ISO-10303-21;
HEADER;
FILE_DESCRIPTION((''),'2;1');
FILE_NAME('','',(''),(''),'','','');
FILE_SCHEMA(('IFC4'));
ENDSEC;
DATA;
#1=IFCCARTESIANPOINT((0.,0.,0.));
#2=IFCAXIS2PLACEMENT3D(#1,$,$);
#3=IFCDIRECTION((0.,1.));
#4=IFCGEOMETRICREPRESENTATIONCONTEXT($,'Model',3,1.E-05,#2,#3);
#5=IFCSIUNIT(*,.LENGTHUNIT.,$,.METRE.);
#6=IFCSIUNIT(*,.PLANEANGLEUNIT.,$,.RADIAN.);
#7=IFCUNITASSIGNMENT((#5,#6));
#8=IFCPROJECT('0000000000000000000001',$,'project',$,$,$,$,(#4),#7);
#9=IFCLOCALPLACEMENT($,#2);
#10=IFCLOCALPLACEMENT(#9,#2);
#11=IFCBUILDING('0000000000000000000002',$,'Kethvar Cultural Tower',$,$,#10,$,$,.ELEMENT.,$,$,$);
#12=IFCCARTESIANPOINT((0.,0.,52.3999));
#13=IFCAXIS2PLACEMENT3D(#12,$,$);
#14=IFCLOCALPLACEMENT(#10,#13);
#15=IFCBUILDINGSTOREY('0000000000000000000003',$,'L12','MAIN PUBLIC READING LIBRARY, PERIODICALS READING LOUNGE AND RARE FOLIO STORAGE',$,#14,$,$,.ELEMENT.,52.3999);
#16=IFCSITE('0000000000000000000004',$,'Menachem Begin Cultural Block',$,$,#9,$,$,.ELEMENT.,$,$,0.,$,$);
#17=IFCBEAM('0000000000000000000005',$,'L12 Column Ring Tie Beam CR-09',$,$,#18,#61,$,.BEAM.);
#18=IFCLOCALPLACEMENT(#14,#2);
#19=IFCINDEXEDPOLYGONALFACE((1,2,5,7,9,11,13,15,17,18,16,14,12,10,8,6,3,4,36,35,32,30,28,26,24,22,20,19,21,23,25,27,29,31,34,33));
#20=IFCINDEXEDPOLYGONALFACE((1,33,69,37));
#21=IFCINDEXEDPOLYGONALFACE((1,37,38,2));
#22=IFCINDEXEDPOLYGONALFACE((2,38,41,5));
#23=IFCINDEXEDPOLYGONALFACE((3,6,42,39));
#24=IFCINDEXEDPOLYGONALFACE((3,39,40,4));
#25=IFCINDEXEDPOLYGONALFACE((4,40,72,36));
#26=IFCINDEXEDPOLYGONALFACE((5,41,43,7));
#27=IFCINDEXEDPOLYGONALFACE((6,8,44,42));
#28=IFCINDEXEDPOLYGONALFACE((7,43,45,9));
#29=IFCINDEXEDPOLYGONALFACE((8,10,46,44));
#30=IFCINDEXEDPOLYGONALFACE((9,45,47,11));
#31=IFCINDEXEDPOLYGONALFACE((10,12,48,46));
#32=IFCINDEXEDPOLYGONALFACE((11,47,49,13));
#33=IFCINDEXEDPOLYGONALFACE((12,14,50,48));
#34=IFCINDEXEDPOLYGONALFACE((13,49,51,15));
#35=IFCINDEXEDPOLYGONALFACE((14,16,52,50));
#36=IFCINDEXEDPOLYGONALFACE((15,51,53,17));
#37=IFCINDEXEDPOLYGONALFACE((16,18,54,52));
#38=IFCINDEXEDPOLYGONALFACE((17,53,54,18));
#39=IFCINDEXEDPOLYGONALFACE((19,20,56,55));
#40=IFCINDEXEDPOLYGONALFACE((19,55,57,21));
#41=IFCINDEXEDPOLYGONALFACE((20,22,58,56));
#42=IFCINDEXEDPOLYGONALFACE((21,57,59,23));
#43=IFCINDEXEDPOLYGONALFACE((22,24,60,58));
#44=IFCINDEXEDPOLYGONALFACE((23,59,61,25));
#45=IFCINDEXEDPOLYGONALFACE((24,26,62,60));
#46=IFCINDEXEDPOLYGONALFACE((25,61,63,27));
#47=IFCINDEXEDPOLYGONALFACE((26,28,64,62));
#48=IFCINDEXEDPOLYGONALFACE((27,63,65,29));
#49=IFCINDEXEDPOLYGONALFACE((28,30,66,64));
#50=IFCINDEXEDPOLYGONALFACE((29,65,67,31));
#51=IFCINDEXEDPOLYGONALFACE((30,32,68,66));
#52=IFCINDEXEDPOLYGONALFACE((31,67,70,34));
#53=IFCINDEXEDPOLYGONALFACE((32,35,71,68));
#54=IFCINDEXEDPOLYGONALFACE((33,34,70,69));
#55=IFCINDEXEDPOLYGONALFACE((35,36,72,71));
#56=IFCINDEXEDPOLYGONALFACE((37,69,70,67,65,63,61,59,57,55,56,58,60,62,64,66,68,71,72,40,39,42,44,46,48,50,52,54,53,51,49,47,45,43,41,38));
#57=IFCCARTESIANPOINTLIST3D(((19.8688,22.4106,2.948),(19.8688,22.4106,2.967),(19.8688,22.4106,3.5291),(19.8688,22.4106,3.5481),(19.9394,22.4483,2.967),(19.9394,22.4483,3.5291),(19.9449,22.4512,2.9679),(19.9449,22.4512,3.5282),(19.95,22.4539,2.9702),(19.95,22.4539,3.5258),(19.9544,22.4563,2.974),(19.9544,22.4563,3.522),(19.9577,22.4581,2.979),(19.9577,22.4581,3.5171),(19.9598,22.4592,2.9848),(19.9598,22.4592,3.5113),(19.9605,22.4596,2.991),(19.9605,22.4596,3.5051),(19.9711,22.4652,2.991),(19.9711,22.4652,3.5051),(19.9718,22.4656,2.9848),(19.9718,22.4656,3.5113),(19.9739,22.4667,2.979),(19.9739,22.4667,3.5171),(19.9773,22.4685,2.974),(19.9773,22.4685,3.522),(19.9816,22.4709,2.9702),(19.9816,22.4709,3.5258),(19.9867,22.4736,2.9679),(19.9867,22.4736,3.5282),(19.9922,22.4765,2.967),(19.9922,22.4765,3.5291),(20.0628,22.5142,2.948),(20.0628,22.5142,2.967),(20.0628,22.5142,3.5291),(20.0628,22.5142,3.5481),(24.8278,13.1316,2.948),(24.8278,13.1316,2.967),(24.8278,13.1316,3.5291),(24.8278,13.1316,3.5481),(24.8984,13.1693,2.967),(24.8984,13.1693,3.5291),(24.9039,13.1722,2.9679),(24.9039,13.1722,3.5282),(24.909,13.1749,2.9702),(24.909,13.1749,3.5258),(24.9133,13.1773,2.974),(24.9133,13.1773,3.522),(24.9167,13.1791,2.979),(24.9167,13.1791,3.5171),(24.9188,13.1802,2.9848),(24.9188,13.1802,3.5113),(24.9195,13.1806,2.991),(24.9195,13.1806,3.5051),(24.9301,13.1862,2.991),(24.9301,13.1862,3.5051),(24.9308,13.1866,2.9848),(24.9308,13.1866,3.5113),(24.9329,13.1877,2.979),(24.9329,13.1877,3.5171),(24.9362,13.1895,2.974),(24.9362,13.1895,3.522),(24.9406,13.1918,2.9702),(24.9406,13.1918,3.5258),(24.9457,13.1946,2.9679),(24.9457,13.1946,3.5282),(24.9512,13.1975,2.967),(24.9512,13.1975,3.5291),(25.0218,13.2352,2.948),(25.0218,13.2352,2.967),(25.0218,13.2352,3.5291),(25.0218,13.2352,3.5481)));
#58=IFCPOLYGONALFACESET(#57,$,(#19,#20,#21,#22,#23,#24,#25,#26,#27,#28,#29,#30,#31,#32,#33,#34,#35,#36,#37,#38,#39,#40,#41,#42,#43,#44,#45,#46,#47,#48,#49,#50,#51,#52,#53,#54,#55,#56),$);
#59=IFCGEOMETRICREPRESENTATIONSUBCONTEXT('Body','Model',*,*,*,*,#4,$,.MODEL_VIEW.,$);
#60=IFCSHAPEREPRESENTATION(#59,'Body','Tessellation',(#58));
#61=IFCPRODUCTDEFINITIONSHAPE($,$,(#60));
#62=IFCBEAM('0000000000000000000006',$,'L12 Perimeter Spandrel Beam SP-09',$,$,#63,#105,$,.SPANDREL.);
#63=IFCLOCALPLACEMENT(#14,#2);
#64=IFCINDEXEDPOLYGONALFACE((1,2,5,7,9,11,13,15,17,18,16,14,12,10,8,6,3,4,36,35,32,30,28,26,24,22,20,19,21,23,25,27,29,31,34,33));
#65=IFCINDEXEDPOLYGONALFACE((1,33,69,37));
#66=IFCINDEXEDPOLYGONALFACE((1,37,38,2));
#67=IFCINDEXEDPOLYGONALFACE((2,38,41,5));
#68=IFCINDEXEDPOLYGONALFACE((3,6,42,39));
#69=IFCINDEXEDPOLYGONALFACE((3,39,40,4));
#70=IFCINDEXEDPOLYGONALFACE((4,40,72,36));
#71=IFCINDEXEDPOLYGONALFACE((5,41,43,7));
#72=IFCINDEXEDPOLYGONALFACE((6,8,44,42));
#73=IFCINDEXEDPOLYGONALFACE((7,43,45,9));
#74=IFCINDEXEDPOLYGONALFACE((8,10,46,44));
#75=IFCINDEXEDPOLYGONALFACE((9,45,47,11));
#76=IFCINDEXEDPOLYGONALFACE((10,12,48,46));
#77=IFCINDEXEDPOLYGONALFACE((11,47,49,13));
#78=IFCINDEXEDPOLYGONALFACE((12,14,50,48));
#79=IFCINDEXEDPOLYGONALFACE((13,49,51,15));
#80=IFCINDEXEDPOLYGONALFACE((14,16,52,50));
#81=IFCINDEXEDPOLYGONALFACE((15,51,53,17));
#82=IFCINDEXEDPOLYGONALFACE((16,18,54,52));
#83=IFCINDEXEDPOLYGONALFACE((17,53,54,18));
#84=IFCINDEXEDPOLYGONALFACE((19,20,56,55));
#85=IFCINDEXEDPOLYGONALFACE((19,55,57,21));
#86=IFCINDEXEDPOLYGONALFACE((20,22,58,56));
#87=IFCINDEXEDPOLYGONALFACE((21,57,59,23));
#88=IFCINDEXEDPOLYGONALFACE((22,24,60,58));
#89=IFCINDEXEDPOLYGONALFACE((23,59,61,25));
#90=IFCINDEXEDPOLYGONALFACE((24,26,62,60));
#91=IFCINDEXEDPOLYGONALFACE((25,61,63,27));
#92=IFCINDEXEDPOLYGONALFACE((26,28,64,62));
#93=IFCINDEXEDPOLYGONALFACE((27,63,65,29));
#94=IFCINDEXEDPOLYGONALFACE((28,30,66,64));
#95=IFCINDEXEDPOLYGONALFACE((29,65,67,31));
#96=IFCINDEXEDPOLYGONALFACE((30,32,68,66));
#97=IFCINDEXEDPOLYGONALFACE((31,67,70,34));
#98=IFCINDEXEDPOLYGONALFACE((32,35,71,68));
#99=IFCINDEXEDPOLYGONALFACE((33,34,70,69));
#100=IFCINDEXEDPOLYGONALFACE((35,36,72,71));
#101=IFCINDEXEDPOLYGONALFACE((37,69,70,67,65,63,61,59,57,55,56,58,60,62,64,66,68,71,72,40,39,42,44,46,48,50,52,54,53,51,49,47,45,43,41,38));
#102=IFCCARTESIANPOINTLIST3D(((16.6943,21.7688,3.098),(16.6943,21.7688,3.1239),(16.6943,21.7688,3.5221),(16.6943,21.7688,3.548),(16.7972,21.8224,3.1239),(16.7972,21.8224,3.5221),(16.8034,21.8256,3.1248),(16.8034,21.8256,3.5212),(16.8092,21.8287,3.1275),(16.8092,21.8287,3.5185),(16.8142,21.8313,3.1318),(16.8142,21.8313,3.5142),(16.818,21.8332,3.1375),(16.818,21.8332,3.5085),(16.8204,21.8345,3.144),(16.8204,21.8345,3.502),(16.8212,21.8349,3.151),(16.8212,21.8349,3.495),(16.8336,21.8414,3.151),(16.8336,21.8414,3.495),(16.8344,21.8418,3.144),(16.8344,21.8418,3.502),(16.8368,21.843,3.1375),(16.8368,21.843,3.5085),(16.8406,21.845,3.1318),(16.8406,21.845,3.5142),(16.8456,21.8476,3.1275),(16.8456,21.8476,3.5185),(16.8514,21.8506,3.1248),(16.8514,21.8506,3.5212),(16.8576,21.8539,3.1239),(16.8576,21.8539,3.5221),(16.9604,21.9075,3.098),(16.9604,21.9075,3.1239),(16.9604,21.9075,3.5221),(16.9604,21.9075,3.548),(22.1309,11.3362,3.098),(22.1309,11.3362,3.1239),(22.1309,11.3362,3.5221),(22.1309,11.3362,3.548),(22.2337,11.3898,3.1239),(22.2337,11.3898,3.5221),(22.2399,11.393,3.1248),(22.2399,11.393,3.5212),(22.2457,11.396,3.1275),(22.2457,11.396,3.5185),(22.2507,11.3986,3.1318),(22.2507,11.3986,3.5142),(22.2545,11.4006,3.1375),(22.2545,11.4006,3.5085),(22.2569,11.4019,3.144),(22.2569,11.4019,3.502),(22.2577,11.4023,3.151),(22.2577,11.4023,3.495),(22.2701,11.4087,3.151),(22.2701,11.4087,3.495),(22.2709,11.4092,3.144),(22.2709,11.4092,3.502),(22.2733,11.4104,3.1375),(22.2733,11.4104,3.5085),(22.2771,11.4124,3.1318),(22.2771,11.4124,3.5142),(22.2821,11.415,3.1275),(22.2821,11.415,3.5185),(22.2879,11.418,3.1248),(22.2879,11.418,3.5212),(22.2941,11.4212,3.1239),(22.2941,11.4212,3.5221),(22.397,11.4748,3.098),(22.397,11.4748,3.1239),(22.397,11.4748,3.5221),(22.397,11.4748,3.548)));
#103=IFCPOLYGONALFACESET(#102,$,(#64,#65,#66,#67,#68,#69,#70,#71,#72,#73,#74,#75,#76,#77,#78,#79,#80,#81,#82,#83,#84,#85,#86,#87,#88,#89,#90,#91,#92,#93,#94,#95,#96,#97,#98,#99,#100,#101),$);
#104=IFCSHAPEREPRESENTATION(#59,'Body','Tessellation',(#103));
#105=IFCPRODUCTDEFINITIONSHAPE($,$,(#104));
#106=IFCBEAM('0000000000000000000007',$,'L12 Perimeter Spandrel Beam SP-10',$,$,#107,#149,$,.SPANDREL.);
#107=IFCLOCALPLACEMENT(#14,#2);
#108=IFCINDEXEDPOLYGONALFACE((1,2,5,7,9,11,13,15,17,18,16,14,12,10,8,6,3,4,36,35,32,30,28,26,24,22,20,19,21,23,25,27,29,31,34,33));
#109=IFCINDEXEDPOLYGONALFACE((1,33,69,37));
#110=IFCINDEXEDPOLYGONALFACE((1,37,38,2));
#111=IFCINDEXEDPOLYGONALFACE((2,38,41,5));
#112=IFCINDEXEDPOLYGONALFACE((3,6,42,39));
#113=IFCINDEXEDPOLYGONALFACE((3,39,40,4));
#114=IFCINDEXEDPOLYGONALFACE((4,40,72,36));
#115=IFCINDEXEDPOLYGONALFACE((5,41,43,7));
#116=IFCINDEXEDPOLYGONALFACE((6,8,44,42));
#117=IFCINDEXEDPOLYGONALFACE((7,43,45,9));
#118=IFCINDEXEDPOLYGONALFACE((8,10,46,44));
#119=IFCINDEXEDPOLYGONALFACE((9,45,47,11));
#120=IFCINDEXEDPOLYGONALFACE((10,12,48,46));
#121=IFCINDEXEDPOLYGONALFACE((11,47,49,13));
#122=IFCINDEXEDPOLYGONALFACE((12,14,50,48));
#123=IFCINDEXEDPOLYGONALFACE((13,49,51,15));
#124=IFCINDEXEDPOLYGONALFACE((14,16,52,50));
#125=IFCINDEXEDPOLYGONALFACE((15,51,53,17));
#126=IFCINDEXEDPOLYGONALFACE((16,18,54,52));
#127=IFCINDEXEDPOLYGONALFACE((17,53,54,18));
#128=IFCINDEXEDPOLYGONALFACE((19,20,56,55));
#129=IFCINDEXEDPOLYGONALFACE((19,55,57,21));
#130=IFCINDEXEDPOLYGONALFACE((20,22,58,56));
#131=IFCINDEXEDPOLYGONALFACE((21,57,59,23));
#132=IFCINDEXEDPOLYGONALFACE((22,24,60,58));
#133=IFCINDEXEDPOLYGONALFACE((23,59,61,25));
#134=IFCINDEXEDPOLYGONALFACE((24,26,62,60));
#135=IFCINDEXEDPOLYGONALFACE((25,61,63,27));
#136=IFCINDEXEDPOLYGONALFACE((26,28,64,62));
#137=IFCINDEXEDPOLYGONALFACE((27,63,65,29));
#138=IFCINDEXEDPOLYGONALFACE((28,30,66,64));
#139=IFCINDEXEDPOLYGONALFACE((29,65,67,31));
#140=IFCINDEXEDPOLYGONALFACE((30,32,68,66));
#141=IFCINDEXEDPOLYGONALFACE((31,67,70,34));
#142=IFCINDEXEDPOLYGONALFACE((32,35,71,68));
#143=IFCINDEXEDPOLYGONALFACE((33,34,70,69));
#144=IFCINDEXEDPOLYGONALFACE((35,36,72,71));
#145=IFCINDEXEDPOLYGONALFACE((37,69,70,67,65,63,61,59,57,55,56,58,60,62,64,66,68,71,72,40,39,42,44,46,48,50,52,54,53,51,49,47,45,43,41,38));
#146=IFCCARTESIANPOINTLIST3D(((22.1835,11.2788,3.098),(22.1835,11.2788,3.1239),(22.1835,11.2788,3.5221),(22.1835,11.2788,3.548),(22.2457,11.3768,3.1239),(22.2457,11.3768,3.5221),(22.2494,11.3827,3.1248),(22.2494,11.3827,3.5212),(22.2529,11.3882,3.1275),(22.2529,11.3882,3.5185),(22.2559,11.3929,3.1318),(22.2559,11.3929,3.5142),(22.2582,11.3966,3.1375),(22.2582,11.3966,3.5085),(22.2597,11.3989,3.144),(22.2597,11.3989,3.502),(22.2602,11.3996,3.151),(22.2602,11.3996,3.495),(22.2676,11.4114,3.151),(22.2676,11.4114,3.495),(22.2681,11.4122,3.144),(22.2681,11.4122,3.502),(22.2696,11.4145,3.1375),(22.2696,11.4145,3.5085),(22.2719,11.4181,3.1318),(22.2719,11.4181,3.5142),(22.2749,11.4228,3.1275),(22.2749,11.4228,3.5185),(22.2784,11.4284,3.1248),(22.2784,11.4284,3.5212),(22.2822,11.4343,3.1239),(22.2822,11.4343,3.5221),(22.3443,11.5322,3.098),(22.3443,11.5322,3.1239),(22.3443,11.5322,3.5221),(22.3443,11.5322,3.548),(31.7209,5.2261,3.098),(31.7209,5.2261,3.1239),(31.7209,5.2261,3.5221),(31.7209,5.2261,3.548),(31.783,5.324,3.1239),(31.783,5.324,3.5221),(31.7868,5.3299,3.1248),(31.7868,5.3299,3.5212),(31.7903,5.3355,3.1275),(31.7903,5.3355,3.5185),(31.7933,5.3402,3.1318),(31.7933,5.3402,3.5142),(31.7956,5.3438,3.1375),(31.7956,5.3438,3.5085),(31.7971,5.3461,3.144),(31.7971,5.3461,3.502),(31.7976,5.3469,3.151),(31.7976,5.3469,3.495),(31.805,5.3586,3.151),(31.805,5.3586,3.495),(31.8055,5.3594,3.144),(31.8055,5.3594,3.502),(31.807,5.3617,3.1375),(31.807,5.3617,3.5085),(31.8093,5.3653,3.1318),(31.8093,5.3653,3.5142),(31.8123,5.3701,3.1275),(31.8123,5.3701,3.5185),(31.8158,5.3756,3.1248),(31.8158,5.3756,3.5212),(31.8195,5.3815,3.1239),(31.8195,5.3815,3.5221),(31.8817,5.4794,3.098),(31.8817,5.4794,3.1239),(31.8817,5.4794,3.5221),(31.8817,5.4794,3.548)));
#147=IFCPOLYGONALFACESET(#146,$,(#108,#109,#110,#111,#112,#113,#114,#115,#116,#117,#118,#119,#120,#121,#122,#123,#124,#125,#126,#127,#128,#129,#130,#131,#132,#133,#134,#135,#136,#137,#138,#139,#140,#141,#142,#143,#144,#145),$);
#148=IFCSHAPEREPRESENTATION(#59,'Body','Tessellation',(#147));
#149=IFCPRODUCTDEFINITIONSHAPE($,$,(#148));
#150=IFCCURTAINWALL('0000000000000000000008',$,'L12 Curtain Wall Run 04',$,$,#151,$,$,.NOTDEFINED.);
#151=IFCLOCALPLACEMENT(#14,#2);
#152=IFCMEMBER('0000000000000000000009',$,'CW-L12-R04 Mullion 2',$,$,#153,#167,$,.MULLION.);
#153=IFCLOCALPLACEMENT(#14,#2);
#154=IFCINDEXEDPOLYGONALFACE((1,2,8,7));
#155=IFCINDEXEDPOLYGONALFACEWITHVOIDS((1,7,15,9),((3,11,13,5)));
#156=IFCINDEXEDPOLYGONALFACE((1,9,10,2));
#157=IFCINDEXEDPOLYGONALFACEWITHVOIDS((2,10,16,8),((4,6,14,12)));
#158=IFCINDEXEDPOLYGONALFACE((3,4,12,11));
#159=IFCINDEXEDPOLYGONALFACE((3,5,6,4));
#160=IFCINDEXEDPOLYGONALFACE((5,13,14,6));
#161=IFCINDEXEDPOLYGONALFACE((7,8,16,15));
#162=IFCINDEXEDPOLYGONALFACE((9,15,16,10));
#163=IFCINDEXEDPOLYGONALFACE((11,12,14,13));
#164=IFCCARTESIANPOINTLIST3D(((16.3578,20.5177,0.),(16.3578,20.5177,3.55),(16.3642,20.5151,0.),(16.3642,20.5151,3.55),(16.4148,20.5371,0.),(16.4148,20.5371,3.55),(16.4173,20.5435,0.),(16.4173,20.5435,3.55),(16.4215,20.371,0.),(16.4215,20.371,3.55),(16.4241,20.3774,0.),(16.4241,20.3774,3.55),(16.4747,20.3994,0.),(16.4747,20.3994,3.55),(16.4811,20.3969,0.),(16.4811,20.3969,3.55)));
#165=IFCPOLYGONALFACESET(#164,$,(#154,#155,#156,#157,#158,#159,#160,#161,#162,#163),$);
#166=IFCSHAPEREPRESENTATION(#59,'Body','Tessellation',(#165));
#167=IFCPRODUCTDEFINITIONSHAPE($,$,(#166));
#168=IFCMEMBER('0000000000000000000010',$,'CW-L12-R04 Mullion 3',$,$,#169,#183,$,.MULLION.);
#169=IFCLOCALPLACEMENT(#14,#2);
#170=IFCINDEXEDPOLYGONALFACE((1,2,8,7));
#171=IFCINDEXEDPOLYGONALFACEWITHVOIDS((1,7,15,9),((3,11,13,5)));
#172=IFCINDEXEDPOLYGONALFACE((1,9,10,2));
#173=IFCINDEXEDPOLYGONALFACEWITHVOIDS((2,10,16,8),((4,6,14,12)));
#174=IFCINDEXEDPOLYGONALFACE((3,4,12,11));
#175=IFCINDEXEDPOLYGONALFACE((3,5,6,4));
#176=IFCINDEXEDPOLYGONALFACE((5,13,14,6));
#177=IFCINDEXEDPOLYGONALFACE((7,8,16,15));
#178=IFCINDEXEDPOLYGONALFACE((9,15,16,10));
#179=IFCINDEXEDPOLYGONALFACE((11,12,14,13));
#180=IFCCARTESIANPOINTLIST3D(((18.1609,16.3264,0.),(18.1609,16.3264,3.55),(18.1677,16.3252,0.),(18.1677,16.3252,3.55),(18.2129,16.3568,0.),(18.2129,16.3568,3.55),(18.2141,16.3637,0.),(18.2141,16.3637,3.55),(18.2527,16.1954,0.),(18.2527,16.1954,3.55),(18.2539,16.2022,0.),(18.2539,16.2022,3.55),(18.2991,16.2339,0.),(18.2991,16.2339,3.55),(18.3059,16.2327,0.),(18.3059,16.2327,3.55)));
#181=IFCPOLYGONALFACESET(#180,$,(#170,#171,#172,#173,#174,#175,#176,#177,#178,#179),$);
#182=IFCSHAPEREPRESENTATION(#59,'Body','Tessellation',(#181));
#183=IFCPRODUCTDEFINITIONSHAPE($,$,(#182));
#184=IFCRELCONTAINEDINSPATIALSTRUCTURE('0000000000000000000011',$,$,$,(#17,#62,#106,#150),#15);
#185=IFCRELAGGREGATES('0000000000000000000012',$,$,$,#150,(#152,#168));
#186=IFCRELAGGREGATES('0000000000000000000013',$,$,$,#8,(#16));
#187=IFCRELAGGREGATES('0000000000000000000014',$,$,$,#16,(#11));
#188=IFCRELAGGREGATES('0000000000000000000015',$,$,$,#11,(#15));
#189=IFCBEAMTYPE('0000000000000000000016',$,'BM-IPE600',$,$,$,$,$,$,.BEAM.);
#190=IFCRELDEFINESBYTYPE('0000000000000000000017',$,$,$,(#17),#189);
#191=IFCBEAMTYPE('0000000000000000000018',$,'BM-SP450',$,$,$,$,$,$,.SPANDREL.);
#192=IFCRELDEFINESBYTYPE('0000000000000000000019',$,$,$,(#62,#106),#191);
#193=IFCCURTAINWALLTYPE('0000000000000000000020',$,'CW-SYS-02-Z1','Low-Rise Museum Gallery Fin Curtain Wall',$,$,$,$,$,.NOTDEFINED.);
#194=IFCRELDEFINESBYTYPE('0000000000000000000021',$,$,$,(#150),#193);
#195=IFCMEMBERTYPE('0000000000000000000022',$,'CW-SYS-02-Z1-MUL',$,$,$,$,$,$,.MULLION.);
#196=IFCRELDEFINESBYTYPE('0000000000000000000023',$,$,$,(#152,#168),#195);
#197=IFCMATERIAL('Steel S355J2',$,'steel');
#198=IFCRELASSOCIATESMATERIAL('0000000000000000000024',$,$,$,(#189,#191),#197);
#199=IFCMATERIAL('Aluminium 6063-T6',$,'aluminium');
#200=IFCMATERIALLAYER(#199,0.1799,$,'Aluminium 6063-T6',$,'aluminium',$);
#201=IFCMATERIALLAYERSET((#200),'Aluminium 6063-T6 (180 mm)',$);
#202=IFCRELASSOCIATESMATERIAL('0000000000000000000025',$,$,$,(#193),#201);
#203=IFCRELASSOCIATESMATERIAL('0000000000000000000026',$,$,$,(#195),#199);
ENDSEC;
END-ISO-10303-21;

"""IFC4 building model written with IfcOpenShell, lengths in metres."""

from ifc_helpers import new_model, si_unit, direction, frame, origin, origin_2d, place, context, subcontext, project, spatial, hollow_rectangle, i_section, extrude, source, transform, mapped, material, layer, layer_set, material_profile, profile_set, type_object, element, aggregate, save


model = new_model("IFC4")

# Units and contexts
model_context = context("Model", 3, precision=1e-05, world=origin(), true_north=direction((0.0, 1.0)))
body_context = subcontext(model_context, "Body", "Model", "MODEL_VIEW")
ifc_project = project(units=[si_unit("LENGTHUNIT", "METRE"), si_unit("PLANEANGLEUNIT", "RADIAN")], contexts=[model_context])

# Site, building, storey
site_placement = place(None, origin())
site = spatial("IfcSite", under=ifc_project, at=site_placement, Name="Menachem Begin Cultural Block", CompositionType="ELEMENT", RefElevation=0.0)
building_placement = place(site_placement, origin())
building = spatial("IfcBuilding", under=site, at=building_placement, Name="Kethvar Cultural Tower", CompositionType="ELEMENT")
storey_placement = place(building_placement, frame((0.0, 0.0, 52.3999)))
storey = spatial("IfcBuildingStorey", under=building, at=storey_placement, Name="L12", Description="MAIN PUBLIC READING LIBRARY, PERIODICALS READING LOUNGE AND RARE FOLIO STORAGE", CompositionType="ELEMENT", Elevation=52.3999)

# Beams
ifc_material_1 = material(Name="Steel S355J2", Category="steel")
ifc_material_profile_1 = material_profile(ifc_material_1, i_section(OverallWidth=0.22, OverallDepth=0.6001, WebThickness=0.012, FlangeThickness=0.019, FilletRadius=0.0239, at=origin_2d()), Name="Steel S355J2 — IPE600")
ifc_profile_set_1 = profile_set([ifc_material_profile_1], Name="Steel S355J2 — IPE600")
beam_type_1 = type_object("IfcBeamType", Name="BM-IPE600", PredefinedType="BEAM", material=ifc_profile_set_1)
shared_shape_1 = source(origin(), body_context, "Body", "SweptSolid", [
    extrude(i_section(OverallWidth=0.22, OverallDepth=0.6001, WebThickness=0.012, FlangeThickness=0.019, FilletRadius=0.0239, at=origin_2d()), origin(), (0.0, 0.0, 1.0), 10.521),
])
beam_1_placement = place(storey_placement, frame((19.9658, 22.4624, 3.248), z_axis=(0.47134, -0.881952, 0.0), x_axis=(0.881952, 0.47134, 0.0)))
element("IfcBeam", 1, at=beam_1_placement, inside=storey, type_object=beam_type_1, Name="L12 Column Ring Tie Beam CR-09", PredefinedType="BEAM", context=body_context, shape_type="MappedRepresentation", body=[
    mapped(shared_shape_1, transform((0.0, 0.0, 0.0), scale=1.0)),
])
ifc_material_profile_2 = material_profile(ifc_material_1, i_section(OverallWidth=0.3, OverallDepth=0.45, WebThickness=0.0139, FlangeThickness=0.0259, FilletRadius=0.0271, at=origin_2d()), Name="Steel S355J2 — HEB450")
ifc_profile_set_2 = profile_set([ifc_material_profile_2], Name="Steel S355J2 — HEB450")
beam_type_2 = type_object("IfcBeamType", Name="BM-SP450", PredefinedType="SPANDREL", material=ifc_profile_set_2)
shared_shape_2 = source(origin(), body_context, "Body", "SweptSolid", [
    extrude(i_section(OverallWidth=0.3, OverallDepth=0.45, WebThickness=0.0139, FlangeThickness=0.0259, FilletRadius=0.0271, at=origin_2d()), origin(), (0.0, 0.0, 1.0), 11.7642),
])
beam_2_placement = place(storey_placement, frame((16.8274, 21.8381, 3.323), z_axis=(0.462126, -0.886814, 0.0), x_axis=(0.886814, 0.462126, 0.0)))
element("IfcBeam", 2, at=beam_2_placement, inside=storey, type_object=beam_type_2, Name="L12 Perimeter Spandrel Beam SP-09", PredefinedType="SPANDREL", context=body_context, shape_type="MappedRepresentation", body=[
    mapped(shared_shape_2, transform((0.0, 0.0, 0.0), scale=1.0)),
])
shared_shape_3 = source(origin(), body_context, "Body", "SweptSolid", [
    extrude(i_section(OverallWidth=0.3, OverallDepth=0.45, WebThickness=0.0139, FlangeThickness=0.0259, FilletRadius=0.0271, at=origin_2d()), origin(), (0.0, 0.0, 1.0), 11.2959),
])
beam_3_placement = place(storey_placement, frame((22.2639, 11.4055, 3.323), z_axis=(0.844322, -0.535836, 0.0), x_axis=(0.535836, 0.844322, 0.0)))
element("IfcBeam", 3, at=beam_3_placement, inside=storey, type_object=beam_type_2, Name="L12 Perimeter Spandrel Beam SP-10", PredefinedType="SPANDREL", context=body_context, shape_type="MappedRepresentation", body=[
    mapped(shared_shape_3, transform((0.0, 0.0, 0.0), scale=1.0)),
])

# Curtain wall, members
ifc_material_2 = material(Name="Aluminium 6063-T6", Category="aluminium")
ifc_layer_1 = layer(ifc_material_2, 0.1799, Name="Aluminium 6063-T6", Category="aluminium")
ifc_layer_set_1 = layer_set([ifc_layer_1], Name="Aluminium 6063-T6 (180 mm)")
curtain_wall_type = type_object("IfcCurtainWallType", Name="CW-SYS-02-Z1", Description="Low-Rise Museum Gallery Fin Curtain Wall", PredefinedType="NOTDEFINED", material=ifc_layer_set_1)
curtain_wall_placement = place(storey_placement, origin())
curtain_wall = element("IfcCurtainWall", 4, at=curtain_wall_placement, inside=storey, type_object=curtain_wall_type, Name="L12 Curtain Wall Run 04", PredefinedType="NOTDEFINED")
ifc_material_profile_3 = material_profile(ifc_material_2, hollow_rectangle(XDim=0.0649, YDim=0.1599, WallThickness=0.0049, at=origin_2d()), Name="Aluminium 6063-T6 — RHS160x65x5")
ifc_profile_set_3 = profile_set([ifc_material_profile_3], Name="Aluminium 6063-T6 — RHS160x65x5")
member_type_1 = type_object("IfcMemberType", Name="CW-SYS-02-Z1-MUL", PredefinedType="MULLION", material=ifc_profile_set_3)
shared_shape_4 = source(origin(), body_context, "Body", "SweptSolid", [
    extrude(hollow_rectangle(XDim=0.0649, YDim=0.1599, WallThickness=0.0049, at=origin_2d()), origin(), (0.0, 0.0, 1.0), 3.55),
])
member_1_placement = place(storey_placement, frame((16.4194, 20.4573, 0.0), z_axis=(0.0, 0.0, 1.0), x_axis=(0.91706, 0.398749, 0.0)))
member_1 = element("IfcMember", 5, at=member_1_placement, type_object=member_type_1, Name="CW-L12-R04 Mullion 2", PredefinedType="MULLION", context=body_context, shape_type="MappedRepresentation", body=[
    mapped(shared_shape_4, transform((0.0, 0.0, 0.0), scale=1.0)),
])
member_2_placement = place(storey_placement, frame((18.2334, 16.2795, 0.0), z_axis=(0.0, 0.0, 1.0), x_axis=(0.818822, 0.574048, 0.0)))
member_2 = element("IfcMember", 6, at=member_2_placement, type_object=member_type_1, Name="CW-L12-R04 Mullion 3", PredefinedType="MULLION", context=body_context, shape_type="MappedRepresentation", body=[
    mapped(shared_shape_4, transform((0.0, 0.0, 0.0), scale=1.0)),
])
aggregate(curtain_wall, [member_1, member_2])

save(model, "model.ifc")
